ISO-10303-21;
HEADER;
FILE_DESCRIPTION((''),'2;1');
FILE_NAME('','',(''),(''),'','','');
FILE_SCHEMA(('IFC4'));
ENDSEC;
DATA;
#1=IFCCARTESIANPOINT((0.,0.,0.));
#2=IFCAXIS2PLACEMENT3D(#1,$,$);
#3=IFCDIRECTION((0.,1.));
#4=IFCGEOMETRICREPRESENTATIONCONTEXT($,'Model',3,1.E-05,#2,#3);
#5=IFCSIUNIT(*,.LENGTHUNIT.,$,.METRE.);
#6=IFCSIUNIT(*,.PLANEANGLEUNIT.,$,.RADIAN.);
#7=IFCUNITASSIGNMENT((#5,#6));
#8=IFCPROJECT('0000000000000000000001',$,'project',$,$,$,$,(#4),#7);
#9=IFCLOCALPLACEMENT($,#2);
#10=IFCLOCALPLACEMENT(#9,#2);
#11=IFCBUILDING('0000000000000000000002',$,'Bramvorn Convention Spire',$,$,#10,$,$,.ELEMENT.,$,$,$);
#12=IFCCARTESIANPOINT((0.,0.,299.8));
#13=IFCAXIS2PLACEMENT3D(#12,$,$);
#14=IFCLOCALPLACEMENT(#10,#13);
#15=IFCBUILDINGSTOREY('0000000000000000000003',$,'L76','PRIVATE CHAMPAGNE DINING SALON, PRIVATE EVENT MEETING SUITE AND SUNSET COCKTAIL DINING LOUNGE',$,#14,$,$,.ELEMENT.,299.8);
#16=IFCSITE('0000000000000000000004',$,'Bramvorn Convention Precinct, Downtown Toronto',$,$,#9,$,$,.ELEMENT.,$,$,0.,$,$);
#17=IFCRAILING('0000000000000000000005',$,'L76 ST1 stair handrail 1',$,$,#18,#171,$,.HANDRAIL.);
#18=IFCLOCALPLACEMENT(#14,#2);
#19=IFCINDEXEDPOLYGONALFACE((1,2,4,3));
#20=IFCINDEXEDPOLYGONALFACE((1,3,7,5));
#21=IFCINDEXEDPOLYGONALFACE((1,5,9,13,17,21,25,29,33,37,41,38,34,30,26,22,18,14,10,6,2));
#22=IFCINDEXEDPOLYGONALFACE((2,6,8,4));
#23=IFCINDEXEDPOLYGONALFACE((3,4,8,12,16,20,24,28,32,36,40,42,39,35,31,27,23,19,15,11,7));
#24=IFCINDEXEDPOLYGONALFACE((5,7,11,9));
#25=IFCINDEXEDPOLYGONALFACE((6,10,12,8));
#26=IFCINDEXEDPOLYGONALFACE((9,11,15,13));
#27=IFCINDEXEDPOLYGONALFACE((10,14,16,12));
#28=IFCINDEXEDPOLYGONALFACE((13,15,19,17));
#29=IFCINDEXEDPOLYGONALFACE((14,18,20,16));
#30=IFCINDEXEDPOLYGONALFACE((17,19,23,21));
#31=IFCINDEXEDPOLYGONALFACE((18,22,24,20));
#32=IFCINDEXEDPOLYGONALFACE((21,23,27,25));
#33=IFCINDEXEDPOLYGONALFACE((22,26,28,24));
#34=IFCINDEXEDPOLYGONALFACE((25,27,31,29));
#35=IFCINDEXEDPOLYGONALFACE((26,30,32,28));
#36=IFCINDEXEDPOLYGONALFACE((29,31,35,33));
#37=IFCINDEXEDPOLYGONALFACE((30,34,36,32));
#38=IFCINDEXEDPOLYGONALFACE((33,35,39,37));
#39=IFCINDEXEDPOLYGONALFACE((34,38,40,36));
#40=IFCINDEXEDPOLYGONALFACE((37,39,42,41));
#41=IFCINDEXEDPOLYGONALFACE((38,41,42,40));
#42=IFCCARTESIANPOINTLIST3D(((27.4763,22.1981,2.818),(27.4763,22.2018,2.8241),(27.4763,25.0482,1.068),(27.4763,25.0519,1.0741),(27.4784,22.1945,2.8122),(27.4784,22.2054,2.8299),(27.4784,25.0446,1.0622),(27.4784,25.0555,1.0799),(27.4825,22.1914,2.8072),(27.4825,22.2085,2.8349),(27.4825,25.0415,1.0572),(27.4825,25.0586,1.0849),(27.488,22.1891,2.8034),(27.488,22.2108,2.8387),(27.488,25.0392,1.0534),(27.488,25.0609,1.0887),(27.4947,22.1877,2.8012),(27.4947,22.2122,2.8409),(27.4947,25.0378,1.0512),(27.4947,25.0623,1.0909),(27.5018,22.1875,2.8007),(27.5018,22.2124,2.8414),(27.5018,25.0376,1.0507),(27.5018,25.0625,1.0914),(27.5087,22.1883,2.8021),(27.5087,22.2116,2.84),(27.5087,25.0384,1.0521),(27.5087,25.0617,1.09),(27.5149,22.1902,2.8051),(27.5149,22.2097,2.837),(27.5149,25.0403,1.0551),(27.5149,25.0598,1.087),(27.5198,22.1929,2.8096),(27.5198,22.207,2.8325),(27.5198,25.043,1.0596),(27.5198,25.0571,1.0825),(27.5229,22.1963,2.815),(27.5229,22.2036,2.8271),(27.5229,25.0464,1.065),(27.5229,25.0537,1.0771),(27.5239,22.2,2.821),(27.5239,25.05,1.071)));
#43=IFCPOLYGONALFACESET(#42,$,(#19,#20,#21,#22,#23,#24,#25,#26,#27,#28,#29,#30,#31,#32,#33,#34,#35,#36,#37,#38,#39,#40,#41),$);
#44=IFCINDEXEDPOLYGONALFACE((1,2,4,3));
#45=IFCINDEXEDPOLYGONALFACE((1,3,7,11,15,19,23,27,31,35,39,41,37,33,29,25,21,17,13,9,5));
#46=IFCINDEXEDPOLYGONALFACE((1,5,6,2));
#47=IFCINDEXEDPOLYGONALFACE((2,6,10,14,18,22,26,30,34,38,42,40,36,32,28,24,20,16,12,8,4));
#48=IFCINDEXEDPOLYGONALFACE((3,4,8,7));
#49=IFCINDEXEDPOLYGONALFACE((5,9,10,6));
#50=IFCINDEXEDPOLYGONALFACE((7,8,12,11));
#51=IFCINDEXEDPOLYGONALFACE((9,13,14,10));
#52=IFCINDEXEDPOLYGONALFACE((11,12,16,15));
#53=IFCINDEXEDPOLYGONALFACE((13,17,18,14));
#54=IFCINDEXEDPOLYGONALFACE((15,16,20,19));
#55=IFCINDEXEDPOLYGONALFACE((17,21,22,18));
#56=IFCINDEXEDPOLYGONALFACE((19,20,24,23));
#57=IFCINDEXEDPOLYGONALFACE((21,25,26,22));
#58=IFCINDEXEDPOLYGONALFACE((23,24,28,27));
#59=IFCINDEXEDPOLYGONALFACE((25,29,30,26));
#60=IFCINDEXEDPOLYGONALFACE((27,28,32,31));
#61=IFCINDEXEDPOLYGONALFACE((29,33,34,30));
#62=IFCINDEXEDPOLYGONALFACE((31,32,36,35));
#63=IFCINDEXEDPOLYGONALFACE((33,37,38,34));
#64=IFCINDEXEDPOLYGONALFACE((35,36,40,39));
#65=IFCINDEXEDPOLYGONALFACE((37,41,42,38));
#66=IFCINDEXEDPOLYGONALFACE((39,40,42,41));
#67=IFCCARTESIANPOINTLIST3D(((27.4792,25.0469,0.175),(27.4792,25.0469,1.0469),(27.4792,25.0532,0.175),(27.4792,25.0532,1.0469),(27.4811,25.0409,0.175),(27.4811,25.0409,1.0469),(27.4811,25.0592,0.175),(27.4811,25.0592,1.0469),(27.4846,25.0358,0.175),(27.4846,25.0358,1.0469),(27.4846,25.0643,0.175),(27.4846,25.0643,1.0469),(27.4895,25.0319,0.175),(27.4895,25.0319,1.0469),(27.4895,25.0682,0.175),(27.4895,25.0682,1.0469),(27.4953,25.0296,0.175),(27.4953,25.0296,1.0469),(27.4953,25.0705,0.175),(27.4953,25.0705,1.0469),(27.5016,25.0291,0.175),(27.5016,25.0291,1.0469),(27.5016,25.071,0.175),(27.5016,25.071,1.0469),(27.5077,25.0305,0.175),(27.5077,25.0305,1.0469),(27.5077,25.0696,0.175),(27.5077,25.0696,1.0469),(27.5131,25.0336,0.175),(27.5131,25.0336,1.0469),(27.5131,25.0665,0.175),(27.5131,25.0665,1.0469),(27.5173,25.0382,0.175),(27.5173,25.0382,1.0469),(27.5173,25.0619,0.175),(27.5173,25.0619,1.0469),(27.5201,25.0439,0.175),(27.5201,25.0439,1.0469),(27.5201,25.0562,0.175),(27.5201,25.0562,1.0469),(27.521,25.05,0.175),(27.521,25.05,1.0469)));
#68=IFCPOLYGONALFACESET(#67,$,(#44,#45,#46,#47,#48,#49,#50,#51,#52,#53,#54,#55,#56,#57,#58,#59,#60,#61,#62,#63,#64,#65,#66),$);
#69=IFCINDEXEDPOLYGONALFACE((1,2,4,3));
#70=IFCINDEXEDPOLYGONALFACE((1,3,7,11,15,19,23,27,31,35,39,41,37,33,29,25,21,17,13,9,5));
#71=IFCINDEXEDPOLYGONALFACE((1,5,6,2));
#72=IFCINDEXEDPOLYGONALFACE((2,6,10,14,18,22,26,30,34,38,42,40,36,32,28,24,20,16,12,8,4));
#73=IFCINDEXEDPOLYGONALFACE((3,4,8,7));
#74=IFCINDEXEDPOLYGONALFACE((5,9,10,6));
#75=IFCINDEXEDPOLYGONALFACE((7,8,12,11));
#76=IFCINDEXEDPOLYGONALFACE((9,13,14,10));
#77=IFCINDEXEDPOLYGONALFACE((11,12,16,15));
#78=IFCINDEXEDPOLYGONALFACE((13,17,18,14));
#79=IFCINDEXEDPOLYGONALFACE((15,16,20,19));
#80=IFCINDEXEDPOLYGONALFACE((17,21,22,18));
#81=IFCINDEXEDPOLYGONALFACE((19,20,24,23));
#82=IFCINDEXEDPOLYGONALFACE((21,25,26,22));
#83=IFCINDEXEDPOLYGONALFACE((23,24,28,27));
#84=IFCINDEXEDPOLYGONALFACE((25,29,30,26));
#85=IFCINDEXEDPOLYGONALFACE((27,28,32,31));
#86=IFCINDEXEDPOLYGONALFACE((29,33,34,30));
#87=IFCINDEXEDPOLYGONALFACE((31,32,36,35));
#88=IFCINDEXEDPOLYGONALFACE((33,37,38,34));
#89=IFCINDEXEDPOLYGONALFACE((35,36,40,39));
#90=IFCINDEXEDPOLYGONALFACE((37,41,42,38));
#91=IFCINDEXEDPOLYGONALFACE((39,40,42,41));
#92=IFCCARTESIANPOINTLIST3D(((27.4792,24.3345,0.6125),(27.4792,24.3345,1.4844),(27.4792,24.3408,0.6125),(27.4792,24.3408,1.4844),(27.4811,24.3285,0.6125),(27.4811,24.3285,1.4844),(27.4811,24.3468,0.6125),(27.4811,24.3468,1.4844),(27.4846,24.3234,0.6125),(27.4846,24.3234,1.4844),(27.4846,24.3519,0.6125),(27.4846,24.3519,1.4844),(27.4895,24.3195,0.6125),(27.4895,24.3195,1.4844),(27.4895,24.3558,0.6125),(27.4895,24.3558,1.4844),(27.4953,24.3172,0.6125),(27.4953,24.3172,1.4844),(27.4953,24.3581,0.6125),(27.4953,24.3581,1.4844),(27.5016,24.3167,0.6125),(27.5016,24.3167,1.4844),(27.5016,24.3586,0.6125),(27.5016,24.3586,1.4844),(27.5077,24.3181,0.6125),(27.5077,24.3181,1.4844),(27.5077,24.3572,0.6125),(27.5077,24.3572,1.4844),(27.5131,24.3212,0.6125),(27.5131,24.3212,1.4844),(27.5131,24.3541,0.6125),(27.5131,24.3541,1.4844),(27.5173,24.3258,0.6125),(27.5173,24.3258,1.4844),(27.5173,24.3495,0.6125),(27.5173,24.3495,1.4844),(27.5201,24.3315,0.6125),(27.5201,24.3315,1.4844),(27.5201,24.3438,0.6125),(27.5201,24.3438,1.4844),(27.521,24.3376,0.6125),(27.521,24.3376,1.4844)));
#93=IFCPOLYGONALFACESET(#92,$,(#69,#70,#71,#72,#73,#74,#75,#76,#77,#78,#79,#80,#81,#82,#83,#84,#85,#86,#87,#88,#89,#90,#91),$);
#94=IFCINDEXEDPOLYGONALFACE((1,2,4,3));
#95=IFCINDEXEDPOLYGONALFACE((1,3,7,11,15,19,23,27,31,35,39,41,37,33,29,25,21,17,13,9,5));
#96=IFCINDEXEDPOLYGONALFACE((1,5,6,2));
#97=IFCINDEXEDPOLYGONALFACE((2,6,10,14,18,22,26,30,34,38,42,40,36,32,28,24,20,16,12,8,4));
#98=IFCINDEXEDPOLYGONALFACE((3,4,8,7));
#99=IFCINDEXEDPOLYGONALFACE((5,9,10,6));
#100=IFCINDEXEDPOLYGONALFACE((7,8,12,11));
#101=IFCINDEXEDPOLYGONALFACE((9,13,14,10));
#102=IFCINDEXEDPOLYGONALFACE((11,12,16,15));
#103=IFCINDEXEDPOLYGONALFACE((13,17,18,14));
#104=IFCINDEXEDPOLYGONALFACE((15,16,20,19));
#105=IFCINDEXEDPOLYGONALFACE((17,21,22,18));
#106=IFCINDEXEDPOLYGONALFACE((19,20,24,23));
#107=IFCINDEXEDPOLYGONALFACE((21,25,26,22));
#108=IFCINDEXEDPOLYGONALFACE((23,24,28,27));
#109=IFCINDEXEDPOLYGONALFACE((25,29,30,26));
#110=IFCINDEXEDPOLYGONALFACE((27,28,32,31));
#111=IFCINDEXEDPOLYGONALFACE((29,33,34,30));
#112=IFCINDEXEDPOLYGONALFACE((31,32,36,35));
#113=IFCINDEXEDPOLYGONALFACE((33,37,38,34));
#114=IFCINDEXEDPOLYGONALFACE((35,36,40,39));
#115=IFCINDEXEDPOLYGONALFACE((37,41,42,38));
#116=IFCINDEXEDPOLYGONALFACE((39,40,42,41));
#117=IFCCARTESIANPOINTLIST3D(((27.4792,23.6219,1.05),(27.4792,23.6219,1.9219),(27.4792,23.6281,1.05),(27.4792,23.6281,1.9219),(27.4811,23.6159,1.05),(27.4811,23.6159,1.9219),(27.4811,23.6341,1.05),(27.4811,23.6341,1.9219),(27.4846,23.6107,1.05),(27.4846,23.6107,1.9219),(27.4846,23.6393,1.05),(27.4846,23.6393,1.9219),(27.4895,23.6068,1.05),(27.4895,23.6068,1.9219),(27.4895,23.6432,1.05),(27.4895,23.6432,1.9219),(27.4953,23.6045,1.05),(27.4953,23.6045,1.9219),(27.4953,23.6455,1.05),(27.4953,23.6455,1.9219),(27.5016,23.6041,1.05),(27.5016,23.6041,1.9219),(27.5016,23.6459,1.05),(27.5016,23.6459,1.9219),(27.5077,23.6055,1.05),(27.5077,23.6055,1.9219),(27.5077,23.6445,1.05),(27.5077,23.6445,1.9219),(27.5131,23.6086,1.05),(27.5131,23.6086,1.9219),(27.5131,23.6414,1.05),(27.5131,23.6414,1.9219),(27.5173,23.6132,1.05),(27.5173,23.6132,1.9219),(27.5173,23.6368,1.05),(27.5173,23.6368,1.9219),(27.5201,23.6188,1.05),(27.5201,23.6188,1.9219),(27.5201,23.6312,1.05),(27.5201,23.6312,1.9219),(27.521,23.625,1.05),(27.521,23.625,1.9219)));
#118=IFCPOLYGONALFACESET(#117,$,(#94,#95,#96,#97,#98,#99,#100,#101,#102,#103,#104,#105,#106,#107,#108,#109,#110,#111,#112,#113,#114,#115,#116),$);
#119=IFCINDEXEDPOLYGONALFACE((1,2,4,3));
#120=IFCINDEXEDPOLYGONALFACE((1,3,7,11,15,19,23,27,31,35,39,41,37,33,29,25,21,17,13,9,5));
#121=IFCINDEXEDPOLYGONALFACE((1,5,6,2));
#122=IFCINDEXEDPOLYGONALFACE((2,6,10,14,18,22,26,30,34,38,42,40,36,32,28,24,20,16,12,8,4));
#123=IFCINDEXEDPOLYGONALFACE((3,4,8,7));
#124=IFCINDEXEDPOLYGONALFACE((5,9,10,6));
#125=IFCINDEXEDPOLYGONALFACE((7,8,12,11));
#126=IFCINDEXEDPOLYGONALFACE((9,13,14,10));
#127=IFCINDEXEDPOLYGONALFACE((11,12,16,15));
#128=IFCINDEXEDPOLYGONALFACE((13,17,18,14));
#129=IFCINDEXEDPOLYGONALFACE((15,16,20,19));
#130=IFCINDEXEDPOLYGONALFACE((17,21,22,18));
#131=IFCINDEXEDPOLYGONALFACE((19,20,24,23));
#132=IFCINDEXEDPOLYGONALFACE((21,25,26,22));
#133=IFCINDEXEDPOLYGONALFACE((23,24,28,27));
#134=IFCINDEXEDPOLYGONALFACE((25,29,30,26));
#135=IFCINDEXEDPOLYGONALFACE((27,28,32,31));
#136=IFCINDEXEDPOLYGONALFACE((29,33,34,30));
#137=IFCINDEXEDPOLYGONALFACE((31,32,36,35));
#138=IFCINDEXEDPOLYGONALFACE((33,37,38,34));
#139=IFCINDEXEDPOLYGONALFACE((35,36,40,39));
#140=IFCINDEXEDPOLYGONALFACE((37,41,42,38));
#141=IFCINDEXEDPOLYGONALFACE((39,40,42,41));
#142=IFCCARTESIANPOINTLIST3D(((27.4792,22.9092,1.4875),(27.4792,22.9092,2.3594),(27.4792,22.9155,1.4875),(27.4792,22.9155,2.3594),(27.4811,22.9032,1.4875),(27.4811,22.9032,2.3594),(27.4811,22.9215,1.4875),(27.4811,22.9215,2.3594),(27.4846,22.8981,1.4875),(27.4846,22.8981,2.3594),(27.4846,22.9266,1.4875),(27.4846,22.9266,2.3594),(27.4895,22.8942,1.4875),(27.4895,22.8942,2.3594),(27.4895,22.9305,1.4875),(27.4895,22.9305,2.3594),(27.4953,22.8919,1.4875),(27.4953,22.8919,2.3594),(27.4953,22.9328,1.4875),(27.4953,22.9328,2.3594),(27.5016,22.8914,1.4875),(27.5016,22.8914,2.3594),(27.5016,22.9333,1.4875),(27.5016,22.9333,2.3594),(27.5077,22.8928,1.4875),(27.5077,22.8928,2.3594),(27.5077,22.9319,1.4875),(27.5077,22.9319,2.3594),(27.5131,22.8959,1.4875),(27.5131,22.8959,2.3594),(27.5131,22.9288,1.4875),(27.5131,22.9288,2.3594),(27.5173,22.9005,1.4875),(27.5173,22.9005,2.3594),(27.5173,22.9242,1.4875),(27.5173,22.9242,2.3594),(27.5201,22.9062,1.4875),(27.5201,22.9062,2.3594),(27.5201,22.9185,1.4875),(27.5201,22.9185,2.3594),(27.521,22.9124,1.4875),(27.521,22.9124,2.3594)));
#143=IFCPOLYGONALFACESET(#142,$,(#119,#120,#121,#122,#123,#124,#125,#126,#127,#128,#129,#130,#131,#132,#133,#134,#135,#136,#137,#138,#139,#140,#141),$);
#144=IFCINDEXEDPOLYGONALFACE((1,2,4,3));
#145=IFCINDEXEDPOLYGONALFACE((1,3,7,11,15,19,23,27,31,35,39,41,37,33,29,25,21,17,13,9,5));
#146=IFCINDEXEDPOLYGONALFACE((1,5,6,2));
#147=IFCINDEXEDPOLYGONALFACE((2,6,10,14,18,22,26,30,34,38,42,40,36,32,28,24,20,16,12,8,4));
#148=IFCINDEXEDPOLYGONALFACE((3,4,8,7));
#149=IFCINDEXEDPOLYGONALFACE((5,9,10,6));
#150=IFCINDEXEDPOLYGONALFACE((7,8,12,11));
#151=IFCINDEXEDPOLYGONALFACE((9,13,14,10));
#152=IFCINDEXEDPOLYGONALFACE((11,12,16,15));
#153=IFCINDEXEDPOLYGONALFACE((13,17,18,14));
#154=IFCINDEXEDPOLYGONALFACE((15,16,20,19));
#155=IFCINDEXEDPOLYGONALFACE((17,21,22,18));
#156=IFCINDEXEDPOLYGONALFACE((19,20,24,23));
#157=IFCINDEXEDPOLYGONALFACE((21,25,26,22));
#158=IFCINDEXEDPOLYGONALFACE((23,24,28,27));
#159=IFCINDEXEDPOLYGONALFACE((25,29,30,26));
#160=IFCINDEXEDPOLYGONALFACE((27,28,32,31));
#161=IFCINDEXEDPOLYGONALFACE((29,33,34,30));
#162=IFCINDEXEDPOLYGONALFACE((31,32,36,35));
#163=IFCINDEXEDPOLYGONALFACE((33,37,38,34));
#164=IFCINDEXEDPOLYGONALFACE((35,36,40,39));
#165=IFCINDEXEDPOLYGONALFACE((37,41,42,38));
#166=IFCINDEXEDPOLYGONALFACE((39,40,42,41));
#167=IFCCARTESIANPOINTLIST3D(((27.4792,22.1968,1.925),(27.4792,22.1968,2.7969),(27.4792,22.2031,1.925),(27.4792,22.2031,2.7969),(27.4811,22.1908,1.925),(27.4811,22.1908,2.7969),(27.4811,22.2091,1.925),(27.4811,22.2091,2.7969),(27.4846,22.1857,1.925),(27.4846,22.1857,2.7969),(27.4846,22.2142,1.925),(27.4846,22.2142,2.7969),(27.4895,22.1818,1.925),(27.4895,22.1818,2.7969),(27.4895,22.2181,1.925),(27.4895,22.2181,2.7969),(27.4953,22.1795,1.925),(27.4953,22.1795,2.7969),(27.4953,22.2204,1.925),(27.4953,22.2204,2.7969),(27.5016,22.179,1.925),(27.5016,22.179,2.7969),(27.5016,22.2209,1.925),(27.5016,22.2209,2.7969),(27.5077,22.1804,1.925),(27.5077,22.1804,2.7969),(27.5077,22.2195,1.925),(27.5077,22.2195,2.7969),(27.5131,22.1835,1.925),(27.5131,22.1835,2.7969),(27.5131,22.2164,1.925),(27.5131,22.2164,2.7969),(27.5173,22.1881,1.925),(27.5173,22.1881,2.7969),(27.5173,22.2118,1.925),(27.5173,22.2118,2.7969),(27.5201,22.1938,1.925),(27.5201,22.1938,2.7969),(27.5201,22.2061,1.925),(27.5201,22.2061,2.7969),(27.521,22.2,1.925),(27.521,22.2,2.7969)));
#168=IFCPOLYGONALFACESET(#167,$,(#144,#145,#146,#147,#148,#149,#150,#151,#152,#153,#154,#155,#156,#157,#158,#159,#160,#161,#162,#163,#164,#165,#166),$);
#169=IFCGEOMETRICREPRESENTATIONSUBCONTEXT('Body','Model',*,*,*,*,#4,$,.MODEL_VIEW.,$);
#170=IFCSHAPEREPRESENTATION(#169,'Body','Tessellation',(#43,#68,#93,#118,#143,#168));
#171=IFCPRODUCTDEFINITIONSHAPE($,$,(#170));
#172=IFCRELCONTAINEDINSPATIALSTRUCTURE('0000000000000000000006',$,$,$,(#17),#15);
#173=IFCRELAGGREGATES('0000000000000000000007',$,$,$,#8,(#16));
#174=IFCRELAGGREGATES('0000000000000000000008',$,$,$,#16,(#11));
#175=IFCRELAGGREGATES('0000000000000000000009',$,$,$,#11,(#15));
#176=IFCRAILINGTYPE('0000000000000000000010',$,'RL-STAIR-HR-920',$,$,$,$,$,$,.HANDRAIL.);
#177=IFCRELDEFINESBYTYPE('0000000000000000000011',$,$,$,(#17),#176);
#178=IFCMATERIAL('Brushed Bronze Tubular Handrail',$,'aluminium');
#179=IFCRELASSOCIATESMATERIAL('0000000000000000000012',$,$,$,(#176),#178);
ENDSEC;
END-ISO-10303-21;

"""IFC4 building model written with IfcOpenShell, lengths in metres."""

from ifc_helpers import new_model, si_unit, direction, frame, origin, origin_2d, place, context, subcontext, project, spatial, circle, extrude, material, type_object, element, save


model = new_model("IFC4")

# Units and contexts
model_context = context("Model", 3, precision=1e-05, world=origin(), true_north=direction((0.0, 1.0)))
body_context = subcontext(model_context, "Body", "Model", "MODEL_VIEW")
ifc_project = project(units=[si_unit("LENGTHUNIT", "METRE"), si_unit("PLANEANGLEUNIT", "RADIAN")], contexts=[model_context])

# Site, building, storey
site_placement = place(None, origin())
site = spatial("IfcSite", under=ifc_project, at=site_placement, Name="Bramvorn Convention Precinct, Downtown Toronto", CompositionType="ELEMENT", RefElevation=0.0)
building_placement = place(site_placement, origin())
building = spatial("IfcBuilding", under=site, at=building_placement, Name="Bramvorn Convention Spire", CompositionType="ELEMENT")
storey_placement = place(building_placement, frame((0.0, 0.0, 299.8)))
storey = spatial("IfcBuildingStorey", under=building, at=storey_placement, Name="L76", Description="PRIVATE CHAMPAGNE DINING SALON, PRIVATE EVENT MEETING SUITE AND SUNSET COCKTAIL DINING LOUNGE", CompositionType="ELEMENT", Elevation=299.8)

# Railing
ifc_material_1 = material(Name="Brushed Bronze Tubular Handrail", Category="aluminium")
railing_type_1 = type_object("IfcRailingType", Name="RL-STAIR-HR-920", PredefinedType="HANDRAIL", material=ifc_material_1)
railing_1_placement = place(storey_placement, frame((27.5, 25.05, 0.175)))
element("IfcRailing", 1, at=railing_1_placement, inside=storey, type_object=railing_type_1, Name="L76 ST1 stair handrail 1", PredefinedType="HANDRAIL", context=body_context, shape_type="SweptSolid", body=[
    extrude(circle(Radius=0.0239, at=origin_2d()), frame((0.0, 0.0, 0.896), z_axis=(0.0, -0.852179, 0.52325), x_axis=(1.0, 0.0, 0.0)), (0.0, 0.0, 1.0), 3.3445),
    extrude(circle(Radius=0.021, at=origin_2d()), origin(), (0.0, 0.0, 1.0), 0.8718),
    extrude(circle(Radius=0.021, at=origin_2d()), frame((0.0, -0.7124, 0.4375)), (0.0, 0.0, 1.0), 0.8718),
    extrude(circle(Radius=0.021, at=origin_2d()), frame((0.0, -1.425, 0.875)), (0.0, 0.0, 1.0), 0.8718),
    extrude(circle(Radius=0.021, at=origin_2d()), frame((0.0, -2.1377, 1.3125)), (0.0, 0.0, 1.0), 0.8718),
    extrude(circle(Radius=0.021, at=origin_2d()), frame((0.0, -2.8501, 1.75)), (0.0, 0.0, 1.0), 0.8718),
])

save(model, "model.ifc")
